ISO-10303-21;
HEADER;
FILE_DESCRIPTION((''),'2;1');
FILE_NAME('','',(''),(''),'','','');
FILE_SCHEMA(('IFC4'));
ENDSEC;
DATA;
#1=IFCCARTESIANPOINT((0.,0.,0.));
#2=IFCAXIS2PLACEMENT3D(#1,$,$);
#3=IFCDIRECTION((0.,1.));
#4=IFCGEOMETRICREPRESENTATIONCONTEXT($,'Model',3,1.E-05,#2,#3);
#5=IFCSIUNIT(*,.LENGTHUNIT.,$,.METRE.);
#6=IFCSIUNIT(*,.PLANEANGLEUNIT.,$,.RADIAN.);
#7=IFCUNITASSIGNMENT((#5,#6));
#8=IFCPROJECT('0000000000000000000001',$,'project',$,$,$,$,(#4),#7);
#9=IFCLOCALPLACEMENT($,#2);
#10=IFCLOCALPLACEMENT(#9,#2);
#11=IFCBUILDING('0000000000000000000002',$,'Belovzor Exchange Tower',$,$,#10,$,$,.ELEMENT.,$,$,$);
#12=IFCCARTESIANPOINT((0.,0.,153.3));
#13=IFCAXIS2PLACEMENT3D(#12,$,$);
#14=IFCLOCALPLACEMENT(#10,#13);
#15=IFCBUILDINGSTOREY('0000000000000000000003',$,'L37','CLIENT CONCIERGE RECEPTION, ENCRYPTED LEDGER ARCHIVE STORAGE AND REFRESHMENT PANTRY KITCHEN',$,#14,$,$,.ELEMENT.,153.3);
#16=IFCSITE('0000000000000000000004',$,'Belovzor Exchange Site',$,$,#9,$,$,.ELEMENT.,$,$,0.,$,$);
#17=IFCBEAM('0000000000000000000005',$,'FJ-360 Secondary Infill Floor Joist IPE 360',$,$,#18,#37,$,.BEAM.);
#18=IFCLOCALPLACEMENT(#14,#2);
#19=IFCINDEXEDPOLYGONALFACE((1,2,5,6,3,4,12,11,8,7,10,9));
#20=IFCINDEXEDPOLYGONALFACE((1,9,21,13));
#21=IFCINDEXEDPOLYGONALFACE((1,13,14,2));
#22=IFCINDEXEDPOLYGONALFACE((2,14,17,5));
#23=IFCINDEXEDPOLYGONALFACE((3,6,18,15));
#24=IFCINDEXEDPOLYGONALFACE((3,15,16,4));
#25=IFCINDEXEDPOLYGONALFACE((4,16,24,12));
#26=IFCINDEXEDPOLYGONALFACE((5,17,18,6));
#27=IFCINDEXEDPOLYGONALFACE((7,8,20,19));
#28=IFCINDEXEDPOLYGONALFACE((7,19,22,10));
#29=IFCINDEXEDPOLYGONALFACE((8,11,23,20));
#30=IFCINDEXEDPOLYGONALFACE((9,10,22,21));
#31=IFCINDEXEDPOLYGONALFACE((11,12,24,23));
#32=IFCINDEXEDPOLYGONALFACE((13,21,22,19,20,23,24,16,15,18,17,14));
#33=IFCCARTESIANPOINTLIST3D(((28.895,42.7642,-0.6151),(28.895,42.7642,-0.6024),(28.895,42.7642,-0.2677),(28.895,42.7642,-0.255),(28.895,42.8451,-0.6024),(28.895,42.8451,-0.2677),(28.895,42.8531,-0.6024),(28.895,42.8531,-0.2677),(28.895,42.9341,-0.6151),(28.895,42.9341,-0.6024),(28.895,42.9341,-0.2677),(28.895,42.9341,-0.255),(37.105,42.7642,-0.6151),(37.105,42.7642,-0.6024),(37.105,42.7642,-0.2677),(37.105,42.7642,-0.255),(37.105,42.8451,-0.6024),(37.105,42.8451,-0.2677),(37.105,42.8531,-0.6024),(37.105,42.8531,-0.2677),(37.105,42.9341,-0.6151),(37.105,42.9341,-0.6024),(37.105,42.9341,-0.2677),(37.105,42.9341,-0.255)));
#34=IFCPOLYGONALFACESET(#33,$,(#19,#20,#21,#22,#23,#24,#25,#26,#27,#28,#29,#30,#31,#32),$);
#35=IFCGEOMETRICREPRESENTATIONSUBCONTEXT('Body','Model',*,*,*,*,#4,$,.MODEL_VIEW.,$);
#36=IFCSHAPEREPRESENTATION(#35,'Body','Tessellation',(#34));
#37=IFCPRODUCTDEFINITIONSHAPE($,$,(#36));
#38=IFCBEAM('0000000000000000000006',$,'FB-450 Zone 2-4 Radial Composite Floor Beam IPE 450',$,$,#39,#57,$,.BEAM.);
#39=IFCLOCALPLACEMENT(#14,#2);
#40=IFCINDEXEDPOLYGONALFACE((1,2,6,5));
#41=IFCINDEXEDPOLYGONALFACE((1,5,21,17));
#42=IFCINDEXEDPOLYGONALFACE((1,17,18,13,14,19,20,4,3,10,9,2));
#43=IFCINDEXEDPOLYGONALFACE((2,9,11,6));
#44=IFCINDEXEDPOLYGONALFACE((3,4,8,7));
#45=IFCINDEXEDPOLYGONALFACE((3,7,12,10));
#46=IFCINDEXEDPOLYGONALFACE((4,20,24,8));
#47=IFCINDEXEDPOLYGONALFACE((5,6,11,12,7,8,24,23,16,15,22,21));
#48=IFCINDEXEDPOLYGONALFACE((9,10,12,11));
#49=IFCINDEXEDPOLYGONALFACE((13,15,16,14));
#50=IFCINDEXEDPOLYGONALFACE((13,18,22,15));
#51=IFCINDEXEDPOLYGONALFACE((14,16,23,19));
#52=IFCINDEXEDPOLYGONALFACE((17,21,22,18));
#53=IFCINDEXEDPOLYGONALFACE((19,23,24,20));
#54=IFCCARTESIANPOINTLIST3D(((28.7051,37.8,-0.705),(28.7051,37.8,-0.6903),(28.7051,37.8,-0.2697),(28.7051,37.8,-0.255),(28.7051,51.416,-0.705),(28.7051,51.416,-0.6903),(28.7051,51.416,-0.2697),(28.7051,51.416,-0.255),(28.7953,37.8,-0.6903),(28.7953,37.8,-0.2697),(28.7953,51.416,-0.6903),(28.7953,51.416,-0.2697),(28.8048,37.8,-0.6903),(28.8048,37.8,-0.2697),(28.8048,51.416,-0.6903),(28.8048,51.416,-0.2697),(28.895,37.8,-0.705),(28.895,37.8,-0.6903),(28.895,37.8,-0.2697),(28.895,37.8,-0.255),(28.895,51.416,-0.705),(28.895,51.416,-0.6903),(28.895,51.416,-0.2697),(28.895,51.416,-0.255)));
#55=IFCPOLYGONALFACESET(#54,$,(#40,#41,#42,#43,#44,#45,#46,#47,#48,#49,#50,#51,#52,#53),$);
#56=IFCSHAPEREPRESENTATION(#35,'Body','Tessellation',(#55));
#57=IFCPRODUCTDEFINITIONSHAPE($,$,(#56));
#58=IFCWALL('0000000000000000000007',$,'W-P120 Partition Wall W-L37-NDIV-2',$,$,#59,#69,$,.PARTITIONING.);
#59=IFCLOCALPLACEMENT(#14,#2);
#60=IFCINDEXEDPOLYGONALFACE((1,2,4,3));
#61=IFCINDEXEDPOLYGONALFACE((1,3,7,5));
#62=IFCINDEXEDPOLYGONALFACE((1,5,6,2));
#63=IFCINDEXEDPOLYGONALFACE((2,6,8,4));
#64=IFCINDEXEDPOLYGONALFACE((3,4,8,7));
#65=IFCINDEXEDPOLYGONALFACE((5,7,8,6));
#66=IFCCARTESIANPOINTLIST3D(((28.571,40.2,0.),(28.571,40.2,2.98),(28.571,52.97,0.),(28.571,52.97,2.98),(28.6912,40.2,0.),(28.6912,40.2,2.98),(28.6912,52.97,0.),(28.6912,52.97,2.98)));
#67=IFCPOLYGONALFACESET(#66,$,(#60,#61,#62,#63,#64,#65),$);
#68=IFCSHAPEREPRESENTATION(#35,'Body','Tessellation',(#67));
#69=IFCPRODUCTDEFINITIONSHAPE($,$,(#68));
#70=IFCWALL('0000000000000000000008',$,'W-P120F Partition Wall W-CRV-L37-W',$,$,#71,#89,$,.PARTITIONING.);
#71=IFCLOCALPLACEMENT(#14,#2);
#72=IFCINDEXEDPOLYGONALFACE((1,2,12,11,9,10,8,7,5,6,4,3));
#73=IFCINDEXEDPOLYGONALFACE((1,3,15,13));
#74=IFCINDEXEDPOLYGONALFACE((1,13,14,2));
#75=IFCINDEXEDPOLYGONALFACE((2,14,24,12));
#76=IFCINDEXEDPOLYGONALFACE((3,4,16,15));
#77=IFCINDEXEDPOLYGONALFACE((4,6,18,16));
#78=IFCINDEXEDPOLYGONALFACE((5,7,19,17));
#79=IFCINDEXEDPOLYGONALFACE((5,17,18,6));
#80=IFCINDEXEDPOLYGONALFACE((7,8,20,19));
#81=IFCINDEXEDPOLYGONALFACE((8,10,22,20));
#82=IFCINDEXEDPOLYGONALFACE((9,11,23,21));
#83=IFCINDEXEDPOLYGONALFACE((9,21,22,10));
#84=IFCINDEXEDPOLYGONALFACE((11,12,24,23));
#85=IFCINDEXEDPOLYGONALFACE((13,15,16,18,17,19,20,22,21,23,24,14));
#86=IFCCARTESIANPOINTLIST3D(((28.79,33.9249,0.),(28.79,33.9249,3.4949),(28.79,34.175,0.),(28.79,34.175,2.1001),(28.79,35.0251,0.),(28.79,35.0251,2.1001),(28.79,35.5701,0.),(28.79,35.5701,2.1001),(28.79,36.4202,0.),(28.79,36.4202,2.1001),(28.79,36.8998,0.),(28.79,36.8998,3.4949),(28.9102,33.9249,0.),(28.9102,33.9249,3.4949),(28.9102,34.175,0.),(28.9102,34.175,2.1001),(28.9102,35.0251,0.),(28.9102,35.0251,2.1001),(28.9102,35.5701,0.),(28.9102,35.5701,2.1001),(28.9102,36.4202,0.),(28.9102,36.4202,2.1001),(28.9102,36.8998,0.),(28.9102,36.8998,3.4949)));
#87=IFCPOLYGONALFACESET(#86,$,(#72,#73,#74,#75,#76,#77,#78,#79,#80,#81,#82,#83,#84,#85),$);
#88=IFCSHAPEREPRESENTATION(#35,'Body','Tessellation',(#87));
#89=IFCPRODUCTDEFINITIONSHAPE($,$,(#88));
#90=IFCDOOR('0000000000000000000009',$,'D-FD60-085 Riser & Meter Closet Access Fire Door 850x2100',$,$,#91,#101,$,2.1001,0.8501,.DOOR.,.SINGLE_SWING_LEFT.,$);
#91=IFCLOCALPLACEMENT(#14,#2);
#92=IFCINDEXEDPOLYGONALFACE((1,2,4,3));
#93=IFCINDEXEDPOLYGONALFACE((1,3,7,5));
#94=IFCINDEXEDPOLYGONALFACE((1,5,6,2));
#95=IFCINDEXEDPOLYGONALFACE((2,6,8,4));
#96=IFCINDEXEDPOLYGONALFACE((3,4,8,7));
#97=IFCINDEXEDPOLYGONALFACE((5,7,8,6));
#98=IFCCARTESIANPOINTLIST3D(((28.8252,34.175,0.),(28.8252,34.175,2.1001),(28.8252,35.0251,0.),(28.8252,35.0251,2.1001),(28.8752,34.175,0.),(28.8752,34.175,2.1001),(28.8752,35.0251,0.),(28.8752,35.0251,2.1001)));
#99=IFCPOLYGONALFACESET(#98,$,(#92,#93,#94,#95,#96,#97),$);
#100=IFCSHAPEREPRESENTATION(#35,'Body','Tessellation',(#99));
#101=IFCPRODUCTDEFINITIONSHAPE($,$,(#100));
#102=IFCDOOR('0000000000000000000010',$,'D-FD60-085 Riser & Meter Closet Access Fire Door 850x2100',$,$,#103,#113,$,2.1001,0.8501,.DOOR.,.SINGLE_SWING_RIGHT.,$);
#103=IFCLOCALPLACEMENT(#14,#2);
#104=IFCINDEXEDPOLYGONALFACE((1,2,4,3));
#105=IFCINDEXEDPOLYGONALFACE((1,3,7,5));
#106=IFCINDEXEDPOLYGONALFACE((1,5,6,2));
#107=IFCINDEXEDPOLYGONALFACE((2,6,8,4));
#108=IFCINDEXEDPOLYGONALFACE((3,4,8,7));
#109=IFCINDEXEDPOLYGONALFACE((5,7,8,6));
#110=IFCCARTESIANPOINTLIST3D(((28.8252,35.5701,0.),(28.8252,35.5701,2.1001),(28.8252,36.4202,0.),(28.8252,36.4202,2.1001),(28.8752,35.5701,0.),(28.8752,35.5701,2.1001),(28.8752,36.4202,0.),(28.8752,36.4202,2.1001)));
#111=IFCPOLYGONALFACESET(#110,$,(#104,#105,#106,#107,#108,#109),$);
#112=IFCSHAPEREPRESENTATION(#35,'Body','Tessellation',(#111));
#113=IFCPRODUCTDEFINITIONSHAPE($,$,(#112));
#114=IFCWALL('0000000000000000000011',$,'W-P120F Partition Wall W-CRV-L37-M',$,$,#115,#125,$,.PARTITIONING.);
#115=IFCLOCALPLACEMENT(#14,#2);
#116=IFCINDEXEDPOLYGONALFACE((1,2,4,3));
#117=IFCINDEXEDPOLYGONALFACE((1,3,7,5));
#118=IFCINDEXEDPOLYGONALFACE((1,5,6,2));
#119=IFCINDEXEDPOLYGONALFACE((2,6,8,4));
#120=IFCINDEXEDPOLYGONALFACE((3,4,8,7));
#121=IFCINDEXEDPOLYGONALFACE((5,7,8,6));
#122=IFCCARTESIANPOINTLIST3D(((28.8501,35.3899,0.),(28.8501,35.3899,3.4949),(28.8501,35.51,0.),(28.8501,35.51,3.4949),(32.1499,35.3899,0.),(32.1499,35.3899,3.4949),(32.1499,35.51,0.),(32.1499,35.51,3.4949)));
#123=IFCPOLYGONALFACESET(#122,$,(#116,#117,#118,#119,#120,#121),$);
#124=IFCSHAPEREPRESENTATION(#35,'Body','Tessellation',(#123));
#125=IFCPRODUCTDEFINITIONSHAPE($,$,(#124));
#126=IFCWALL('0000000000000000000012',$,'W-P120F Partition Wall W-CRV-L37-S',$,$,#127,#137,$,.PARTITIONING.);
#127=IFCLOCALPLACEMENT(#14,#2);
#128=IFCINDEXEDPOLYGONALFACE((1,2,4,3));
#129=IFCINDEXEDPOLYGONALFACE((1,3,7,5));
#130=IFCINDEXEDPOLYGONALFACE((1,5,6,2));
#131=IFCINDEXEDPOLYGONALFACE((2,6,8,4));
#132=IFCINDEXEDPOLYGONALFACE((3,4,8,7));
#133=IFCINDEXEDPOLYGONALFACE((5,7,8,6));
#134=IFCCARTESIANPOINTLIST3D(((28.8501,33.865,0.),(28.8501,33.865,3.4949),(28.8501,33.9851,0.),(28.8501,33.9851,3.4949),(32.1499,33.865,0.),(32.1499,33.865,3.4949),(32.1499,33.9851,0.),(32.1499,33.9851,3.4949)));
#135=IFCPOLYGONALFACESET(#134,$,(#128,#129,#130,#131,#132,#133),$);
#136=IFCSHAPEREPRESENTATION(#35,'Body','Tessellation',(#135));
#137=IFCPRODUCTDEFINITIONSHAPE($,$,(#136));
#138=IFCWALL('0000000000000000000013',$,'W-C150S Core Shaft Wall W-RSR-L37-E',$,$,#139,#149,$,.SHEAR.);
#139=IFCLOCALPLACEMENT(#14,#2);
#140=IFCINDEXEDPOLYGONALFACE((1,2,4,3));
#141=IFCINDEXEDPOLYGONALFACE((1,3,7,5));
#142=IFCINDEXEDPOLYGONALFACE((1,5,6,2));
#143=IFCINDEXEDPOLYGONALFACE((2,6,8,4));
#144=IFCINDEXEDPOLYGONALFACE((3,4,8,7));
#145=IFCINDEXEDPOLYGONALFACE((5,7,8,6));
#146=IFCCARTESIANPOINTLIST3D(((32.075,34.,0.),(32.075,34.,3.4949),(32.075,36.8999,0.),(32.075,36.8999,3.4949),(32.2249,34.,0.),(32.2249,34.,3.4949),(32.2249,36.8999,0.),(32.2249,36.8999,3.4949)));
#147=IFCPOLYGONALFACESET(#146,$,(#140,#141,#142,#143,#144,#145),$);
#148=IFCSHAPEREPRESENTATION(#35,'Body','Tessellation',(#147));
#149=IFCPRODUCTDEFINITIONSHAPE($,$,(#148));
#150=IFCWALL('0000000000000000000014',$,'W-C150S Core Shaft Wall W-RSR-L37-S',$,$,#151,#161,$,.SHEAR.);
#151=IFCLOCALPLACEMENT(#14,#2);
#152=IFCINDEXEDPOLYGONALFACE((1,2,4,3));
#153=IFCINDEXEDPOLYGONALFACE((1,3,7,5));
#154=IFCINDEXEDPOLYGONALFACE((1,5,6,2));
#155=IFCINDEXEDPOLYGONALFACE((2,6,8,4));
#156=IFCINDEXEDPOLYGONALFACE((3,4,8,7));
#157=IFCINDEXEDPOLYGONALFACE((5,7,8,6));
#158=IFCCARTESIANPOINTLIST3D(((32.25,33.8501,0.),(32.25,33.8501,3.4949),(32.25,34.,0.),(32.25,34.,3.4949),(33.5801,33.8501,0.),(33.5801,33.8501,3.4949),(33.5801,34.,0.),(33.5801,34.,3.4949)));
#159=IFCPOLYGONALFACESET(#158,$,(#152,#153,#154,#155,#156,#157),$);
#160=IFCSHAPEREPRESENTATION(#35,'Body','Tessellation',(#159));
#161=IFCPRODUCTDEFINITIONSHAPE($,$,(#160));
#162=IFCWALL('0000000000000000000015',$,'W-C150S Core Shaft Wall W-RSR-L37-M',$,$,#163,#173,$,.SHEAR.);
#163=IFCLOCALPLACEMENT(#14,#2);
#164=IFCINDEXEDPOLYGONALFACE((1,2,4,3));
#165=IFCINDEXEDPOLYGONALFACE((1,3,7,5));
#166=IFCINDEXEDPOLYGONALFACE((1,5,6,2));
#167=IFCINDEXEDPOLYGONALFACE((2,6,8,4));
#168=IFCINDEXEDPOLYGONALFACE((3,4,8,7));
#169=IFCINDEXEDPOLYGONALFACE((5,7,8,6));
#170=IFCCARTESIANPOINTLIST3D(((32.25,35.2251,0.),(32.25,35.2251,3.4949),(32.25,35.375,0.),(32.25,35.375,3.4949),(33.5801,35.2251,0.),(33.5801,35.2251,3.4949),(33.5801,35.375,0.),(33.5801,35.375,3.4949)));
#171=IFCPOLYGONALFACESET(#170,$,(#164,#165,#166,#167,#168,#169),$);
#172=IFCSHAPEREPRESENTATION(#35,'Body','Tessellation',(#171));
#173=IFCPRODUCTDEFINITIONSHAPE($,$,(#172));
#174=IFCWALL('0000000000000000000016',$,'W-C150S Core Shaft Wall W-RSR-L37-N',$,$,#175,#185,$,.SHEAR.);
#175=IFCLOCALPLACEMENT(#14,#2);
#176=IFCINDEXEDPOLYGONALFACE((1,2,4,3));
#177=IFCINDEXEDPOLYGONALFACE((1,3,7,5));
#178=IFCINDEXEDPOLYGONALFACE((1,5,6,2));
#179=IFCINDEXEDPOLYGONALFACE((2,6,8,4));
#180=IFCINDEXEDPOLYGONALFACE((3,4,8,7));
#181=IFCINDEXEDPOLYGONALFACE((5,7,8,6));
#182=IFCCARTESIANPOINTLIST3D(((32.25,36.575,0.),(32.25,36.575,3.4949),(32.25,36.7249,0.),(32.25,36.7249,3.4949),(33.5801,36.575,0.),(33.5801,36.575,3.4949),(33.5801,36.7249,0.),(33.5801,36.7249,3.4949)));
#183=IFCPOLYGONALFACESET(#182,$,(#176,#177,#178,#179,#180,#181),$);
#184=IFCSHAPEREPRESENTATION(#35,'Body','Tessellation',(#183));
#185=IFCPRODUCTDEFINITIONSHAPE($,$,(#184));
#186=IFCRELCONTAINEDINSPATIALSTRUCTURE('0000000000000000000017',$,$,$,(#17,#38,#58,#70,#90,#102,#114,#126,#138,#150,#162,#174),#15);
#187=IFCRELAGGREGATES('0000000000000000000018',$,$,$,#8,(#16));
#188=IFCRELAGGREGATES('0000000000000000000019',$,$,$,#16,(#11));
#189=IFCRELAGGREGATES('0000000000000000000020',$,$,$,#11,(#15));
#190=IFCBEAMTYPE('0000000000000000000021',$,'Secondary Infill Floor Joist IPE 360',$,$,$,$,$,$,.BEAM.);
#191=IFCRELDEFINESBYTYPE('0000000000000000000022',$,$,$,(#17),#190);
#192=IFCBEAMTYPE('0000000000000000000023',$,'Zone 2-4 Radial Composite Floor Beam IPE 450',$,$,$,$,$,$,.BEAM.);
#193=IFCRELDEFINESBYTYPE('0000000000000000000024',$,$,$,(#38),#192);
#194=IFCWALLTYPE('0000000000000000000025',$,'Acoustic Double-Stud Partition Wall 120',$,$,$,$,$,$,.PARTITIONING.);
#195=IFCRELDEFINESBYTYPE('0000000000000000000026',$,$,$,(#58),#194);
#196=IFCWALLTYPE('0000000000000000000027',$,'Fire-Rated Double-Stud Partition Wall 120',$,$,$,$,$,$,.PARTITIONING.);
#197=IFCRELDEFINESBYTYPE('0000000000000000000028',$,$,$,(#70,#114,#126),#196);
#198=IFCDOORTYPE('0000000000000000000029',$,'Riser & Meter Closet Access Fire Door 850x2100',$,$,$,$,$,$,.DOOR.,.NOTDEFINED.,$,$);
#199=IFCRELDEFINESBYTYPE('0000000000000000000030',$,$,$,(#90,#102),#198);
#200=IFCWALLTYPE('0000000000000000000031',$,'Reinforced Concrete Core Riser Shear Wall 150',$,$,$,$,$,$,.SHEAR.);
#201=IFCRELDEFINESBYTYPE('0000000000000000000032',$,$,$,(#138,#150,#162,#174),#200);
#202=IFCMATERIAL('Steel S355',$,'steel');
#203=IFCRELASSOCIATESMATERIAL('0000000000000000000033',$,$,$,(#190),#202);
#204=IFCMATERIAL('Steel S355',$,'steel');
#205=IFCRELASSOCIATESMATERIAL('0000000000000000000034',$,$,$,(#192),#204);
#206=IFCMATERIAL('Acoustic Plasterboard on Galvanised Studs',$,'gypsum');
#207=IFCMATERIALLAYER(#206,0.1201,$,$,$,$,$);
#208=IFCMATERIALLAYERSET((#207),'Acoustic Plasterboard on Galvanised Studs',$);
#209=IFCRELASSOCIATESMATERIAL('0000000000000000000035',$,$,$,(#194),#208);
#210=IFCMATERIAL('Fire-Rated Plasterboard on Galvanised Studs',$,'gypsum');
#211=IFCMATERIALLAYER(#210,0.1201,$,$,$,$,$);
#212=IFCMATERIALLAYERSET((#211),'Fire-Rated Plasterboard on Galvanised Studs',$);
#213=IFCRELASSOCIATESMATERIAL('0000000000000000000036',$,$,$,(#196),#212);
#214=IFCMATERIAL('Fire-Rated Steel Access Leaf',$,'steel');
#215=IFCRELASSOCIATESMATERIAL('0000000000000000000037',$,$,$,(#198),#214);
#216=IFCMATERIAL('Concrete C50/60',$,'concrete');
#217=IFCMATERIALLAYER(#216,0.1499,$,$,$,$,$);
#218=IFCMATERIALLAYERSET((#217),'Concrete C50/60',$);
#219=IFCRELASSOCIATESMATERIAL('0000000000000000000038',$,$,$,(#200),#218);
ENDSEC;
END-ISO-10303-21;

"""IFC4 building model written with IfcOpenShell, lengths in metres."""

from ifc_helpers import new_model, si_unit, direction, frame, frame_2d, origin, origin_2d, place, context, subcontext, project, spatial, rectangle, i_section, extrude, material, layer, layer_set, material_profile, profile_set, type_object, element, fill, save


model = new_model("IFC4")

# Units and contexts
model_context = context("Model", 3, precision=1e-05, world=origin(), true_north=direction((0.0, 1.0)))
body_context = subcontext(model_context, "Body", "Model", "MODEL_VIEW")
ifc_project = project(units=[si_unit("LENGTHUNIT", "METRE"), si_unit("PLANEANGLEUNIT", "RADIAN")], contexts=[model_context])

# Site, building, storey
site_placement = place(None, origin())
site = spatial("IfcSite", under=ifc_project, at=site_placement, Name="Belovzor Exchange Site", CompositionType="ELEMENT", RefElevation=0.0)
building_placement = place(site_placement, origin())
building = spatial("IfcBuilding", under=site, at=building_placement, Name="Belovzor Exchange Tower", CompositionType="ELEMENT")
storey_placement = place(building_placement, frame((0.0, 0.0, 153.3)))
storey = spatial("IfcBuildingStorey", under=building, at=storey_placement, Name="L37", Description="CLIENT CONCIERGE RECEPTION, ENCRYPTED LEDGER ARCHIVE STORAGE AND REFRESHMENT PANTRY KITCHEN", CompositionType="ELEMENT", Elevation=153.3)

# Beams
ifc_material_1 = material(Name="Steel S355", Category="steel")
ifc_material_profile_1 = material_profile(ifc_material_1, i_section(OverallWidth=0.1699, OverallDepth=0.3601, WebThickness=0.0081, FlangeThickness=0.0127, at=origin_2d()))
ifc_profile_set_1 = profile_set([ifc_material_profile_1], Name="Steel S355")
beam_type_1 = type_object("IfcBeamType", Name="Secondary Infill Floor Joist IPE 360", PredefinedType="BEAM", material=ifc_profile_set_1)
beam_1_placement = place(storey_placement, frame((28.895, 42.8491, -0.4351), z_axis=(1.0, 0.0, 0.0), x_axis=(0.0, 1.0, 0.0)))
element("IfcBeam", 1, at=beam_1_placement, inside=storey, type_object=beam_type_1, Name="FJ-360 Secondary Infill Floor Joist IPE 360", PredefinedType="BEAM", context=body_context, shape_type="SweptSolid", body=[
    extrude(i_section(OverallWidth=0.1699, OverallDepth=0.3601, WebThickness=0.0081, FlangeThickness=0.0127, at=origin_2d()), origin(), (0.0, 0.0, 1.0), 8.21),
])
ifc_material_2 = material(Name="Steel S355", Category="steel")
ifc_material_profile_2 = material_profile(ifc_material_2, i_section(OverallWidth=0.1899, OverallDepth=0.45, WebThickness=0.0095, FlangeThickness=0.0146, at=origin_2d()))
ifc_profile_set_2 = profile_set([ifc_material_profile_2], Name="Steel S355")
beam_type_2 = type_object("IfcBeamType", Name="Zone 2-4 Radial Composite Floor Beam IPE 450", PredefinedType="BEAM", material=ifc_profile_set_2)
beam_2_placement = place(storey_placement, frame((28.8, 37.8, -0.48), z_axis=(0.0, 1.0, 0.0), x_axis=(-1.0, 0.0, 0.0)))
element("IfcBeam", 2, at=beam_2_placement, inside=storey, type_object=beam_type_2, Name="FB-450 Zone 2-4 Radial Composite Floor Beam IPE 450", PredefinedType="BEAM", context=body_context, shape_type="SweptSolid", body=[
    extrude(i_section(OverallWidth=0.1899, OverallDepth=0.45, WebThickness=0.0095, FlangeThickness=0.0146, at=origin_2d()), origin(), (0.0, 0.0, 1.0), 13.616),
])

# Wall
ifc_material_3 = material(Name="Acoustic Plasterboard on Galvanised Studs", Category="gypsum")
ifc_layer_1 = layer(ifc_material_3, 0.1201)
ifc_layer_set_1 = layer_set([ifc_layer_1], Name="Acoustic Plasterboard on Galvanised Studs")
wall_type_1 = type_object("IfcWallType", Name="Acoustic Double-Stud Partition Wall 120", PredefinedType="PARTITIONING", material=ifc_layer_set_1)
wall_1_placement = place(storey_placement, frame((28.6311, 40.2, 0.0), z_axis=(0.0, 0.0, 1.0), x_axis=(0.0, 1.0, 0.0)))
element("IfcWall", 3, at=wall_1_placement, inside=storey, type_object=wall_type_1, Name="W-P120 Partition Wall W-L37-NDIV-2", PredefinedType="PARTITIONING", context=body_context, shape_type="SweptSolid", body=[
    extrude(rectangle(XDim=12.77, YDim=0.1201, at=frame_2d((6.385, 0.0))), origin(), (0.0, 0.0, 1.0), 2.98),
])

# Wall, openings, doors
ifc_material_4 = material(Name="Fire-Rated Plasterboard on Galvanised Studs", Category="gypsum")
ifc_layer_2 = layer(ifc_material_4, 0.1201)
ifc_layer_set_2 = layer_set([ifc_layer_2], Name="Fire-Rated Plasterboard on Galvanised Studs")
wall_type_2 = type_object("IfcWallType", Name="Fire-Rated Double-Stud Partition Wall 120", PredefinedType="PARTITIONING", material=ifc_layer_set_2)
wall_2_placement = place(storey_placement, frame((28.8501, 33.925, 0.0), z_axis=(0.0, 0.0, 1.0), x_axis=(0.0, 1.0, 0.0)))
wall_2 = element("IfcWall", 4, at=wall_2_placement, inside=storey, type_object=wall_type_2, Name="W-P120F Partition Wall W-CRV-L37-W", PredefinedType="PARTITIONING", context=body_context, shape_type="SweptSolid", body=[
    extrude(rectangle(XDim=2.9749, YDim=0.1201, at=frame_2d((1.4873, 0.0))), origin(), (0.0, 0.0, 1.0), 3.4949),
])
opening_1_placement = place(wall_2_placement, frame((0.25, 0.0, 0.0)))
opening_1 = element("IfcOpeningElement", 5, at=opening_1_placement, cuts=wall_2, PredefinedType="OPENING", context=body_context, shape_type="SweptSolid", body=[
    extrude(rectangle(XDim=0.8501, YDim=2.1001, at=frame_2d((0.425, 1.05))), frame((0.0, 0.0701, 0.0), z_axis=(0.0, -1.0, 0.0), x_axis=(1.0, 0.0, 0.0)), (0.0, 0.0, 1.0), 0.1401),
])
opening_2_placement = place(wall_2_placement, frame((1.645, 0.0, 0.0)))
opening_2 = element("IfcOpeningElement", 6, at=opening_2_placement, cuts=wall_2, PredefinedType="OPENING", context=body_context, shape_type="SweptSolid", body=[
    extrude(rectangle(XDim=0.8501, YDim=2.1001, at=frame_2d((0.425, 1.05))), frame((0.0, 0.0701, 0.0), z_axis=(0.0, -1.0, 0.0), x_axis=(1.0, 0.0, 0.0)), (0.0, 0.0, 1.0), 0.1401),
])
ifc_material_5 = material(Name="Fire-Rated Steel Access Leaf", Category="steel")
door_type = type_object("IfcDoorType", Name="Riser & Meter Closet Access Fire Door 850x2100", OperationType="NOTDEFINED", PredefinedType="DOOR", material=ifc_material_5)
door_1_placement = place(opening_1_placement, origin())
door_1 = element("IfcDoor", 7, at=door_1_placement, inside=storey, type_object=door_type, Name="D-FD60-085 Riser & Meter Closet Access Fire Door 850x2100", OperationType="SINGLE_SWING_LEFT", OverallHeight=2.1001, OverallWidth=0.8501, PredefinedType="DOOR", context=body_context, shape_type="SweptSolid", body=[
    extrude(rectangle(XDim=0.8501, YDim=2.1001, at=frame_2d((0.425, 1.05))), frame((0.0, 0.0249, 0.0), z_axis=(0.0, -1.0, 0.0), x_axis=(1.0, 0.0, 0.0)), (0.0, 0.0, 1.0), 0.05),
])
fill(opening_1, door_1)
door_2_placement = place(opening_2_placement, origin())
door_2 = element("IfcDoor", 8, at=door_2_placement, inside=storey, type_object=door_type, Name="D-FD60-085 Riser & Meter Closet Access Fire Door 850x2100", OperationType="SINGLE_SWING_RIGHT", OverallHeight=2.1001, OverallWidth=0.8501, PredefinedType="DOOR", context=body_context, shape_type="SweptSolid", body=[
    extrude(rectangle(XDim=0.8501, YDim=2.1001, at=frame_2d((0.425, 1.05))), frame((0.0, 0.0249, 0.0), z_axis=(0.0, -1.0, 0.0), x_axis=(1.0, 0.0, 0.0)), (0.0, 0.0, 1.0), 0.05),
])
fill(opening_2, door_2)

# Walls
for number, where, z_axis, x_axis, name in (
    (9, (28.8501, 35.45, 0.0), (0.0, 0.0, 1.0), (1.0, 0.0, 0.0), "W-P120F Partition Wall W-CRV-L37-M"),
    (10, (28.8501, 33.925, 0.0), (0.0, 0.0, 1.0), (1.0, 0.0, 0.0), "W-P120F Partition Wall W-CRV-L37-S"),
):
    element("IfcWall", number, at=place(storey_placement, frame(where, z_axis=z_axis, x_axis=x_axis)), inside=storey, type_object=wall_type_2, Name=name, PredefinedType="PARTITIONING", context=body_context, shape_type="SweptSolid", body=[
        extrude(rectangle(XDim=3.2998, YDim=0.1201, at=frame_2d((1.6499, 0.0))), origin(), (0.0, 0.0, 1.0), 3.4949),
    ])
ifc_material_6 = material(Name="Concrete C50/60", Category="concrete")
ifc_layer_3 = layer(ifc_material_6, 0.1499)
ifc_layer_set_3 = layer_set([ifc_layer_3], Name="Concrete C50/60")
wall_type_3 = type_object("IfcWallType", Name="Reinforced Concrete Core Riser Shear Wall 150", PredefinedType="SHEAR", material=ifc_layer_set_3)
wall_3_placement = place(storey_placement, frame((32.1499, 34.0, 0.0), z_axis=(0.0, 0.0, 1.0), x_axis=(0.0, 1.0, 0.0)))
element("IfcWall", 11, at=wall_3_placement, inside=storey, type_object=wall_type_3, Name="W-C150S Core Shaft Wall W-RSR-L37-E", PredefinedType="SHEAR", context=body_context, shape_type="SweptSolid", body=[
    extrude(rectangle(XDim=2.8999, YDim=0.1499, at=frame_2d((1.45, 0.0))), origin(), (0.0, 0.0, 1.0), 3.4949),
])
for number, where, z_axis, x_axis, name in (
    (12, (32.25, 33.925, 0.0), (0.0, 0.0, 1.0), (1.0, 0.0, 0.0), "W-C150S Core Shaft Wall W-RSR-L37-S"),
    (13, (32.25, 35.3, 0.0), (0.0, 0.0, 1.0), (1.0, 0.0, 0.0), "W-C150S Core Shaft Wall W-RSR-L37-M"),
    (14, (32.25, 36.6499, 0.0), (0.0, 0.0, 1.0), (1.0, 0.0, 0.0), "W-C150S Core Shaft Wall W-RSR-L37-N"),
):
    element("IfcWall", number, at=place(storey_placement, frame(where, z_axis=z_axis, x_axis=x_axis)), inside=storey, type_object=wall_type_3, Name=name, PredefinedType="SHEAR", context=body_context, shape_type="SweptSolid", body=[
        extrude(rectangle(XDim=1.3301, YDim=0.1499, at=frame_2d((0.665, 0.0))), origin(), (0.0, 0.0, 1.0), 3.4949),
    ])

save(model, "model.ifc")
